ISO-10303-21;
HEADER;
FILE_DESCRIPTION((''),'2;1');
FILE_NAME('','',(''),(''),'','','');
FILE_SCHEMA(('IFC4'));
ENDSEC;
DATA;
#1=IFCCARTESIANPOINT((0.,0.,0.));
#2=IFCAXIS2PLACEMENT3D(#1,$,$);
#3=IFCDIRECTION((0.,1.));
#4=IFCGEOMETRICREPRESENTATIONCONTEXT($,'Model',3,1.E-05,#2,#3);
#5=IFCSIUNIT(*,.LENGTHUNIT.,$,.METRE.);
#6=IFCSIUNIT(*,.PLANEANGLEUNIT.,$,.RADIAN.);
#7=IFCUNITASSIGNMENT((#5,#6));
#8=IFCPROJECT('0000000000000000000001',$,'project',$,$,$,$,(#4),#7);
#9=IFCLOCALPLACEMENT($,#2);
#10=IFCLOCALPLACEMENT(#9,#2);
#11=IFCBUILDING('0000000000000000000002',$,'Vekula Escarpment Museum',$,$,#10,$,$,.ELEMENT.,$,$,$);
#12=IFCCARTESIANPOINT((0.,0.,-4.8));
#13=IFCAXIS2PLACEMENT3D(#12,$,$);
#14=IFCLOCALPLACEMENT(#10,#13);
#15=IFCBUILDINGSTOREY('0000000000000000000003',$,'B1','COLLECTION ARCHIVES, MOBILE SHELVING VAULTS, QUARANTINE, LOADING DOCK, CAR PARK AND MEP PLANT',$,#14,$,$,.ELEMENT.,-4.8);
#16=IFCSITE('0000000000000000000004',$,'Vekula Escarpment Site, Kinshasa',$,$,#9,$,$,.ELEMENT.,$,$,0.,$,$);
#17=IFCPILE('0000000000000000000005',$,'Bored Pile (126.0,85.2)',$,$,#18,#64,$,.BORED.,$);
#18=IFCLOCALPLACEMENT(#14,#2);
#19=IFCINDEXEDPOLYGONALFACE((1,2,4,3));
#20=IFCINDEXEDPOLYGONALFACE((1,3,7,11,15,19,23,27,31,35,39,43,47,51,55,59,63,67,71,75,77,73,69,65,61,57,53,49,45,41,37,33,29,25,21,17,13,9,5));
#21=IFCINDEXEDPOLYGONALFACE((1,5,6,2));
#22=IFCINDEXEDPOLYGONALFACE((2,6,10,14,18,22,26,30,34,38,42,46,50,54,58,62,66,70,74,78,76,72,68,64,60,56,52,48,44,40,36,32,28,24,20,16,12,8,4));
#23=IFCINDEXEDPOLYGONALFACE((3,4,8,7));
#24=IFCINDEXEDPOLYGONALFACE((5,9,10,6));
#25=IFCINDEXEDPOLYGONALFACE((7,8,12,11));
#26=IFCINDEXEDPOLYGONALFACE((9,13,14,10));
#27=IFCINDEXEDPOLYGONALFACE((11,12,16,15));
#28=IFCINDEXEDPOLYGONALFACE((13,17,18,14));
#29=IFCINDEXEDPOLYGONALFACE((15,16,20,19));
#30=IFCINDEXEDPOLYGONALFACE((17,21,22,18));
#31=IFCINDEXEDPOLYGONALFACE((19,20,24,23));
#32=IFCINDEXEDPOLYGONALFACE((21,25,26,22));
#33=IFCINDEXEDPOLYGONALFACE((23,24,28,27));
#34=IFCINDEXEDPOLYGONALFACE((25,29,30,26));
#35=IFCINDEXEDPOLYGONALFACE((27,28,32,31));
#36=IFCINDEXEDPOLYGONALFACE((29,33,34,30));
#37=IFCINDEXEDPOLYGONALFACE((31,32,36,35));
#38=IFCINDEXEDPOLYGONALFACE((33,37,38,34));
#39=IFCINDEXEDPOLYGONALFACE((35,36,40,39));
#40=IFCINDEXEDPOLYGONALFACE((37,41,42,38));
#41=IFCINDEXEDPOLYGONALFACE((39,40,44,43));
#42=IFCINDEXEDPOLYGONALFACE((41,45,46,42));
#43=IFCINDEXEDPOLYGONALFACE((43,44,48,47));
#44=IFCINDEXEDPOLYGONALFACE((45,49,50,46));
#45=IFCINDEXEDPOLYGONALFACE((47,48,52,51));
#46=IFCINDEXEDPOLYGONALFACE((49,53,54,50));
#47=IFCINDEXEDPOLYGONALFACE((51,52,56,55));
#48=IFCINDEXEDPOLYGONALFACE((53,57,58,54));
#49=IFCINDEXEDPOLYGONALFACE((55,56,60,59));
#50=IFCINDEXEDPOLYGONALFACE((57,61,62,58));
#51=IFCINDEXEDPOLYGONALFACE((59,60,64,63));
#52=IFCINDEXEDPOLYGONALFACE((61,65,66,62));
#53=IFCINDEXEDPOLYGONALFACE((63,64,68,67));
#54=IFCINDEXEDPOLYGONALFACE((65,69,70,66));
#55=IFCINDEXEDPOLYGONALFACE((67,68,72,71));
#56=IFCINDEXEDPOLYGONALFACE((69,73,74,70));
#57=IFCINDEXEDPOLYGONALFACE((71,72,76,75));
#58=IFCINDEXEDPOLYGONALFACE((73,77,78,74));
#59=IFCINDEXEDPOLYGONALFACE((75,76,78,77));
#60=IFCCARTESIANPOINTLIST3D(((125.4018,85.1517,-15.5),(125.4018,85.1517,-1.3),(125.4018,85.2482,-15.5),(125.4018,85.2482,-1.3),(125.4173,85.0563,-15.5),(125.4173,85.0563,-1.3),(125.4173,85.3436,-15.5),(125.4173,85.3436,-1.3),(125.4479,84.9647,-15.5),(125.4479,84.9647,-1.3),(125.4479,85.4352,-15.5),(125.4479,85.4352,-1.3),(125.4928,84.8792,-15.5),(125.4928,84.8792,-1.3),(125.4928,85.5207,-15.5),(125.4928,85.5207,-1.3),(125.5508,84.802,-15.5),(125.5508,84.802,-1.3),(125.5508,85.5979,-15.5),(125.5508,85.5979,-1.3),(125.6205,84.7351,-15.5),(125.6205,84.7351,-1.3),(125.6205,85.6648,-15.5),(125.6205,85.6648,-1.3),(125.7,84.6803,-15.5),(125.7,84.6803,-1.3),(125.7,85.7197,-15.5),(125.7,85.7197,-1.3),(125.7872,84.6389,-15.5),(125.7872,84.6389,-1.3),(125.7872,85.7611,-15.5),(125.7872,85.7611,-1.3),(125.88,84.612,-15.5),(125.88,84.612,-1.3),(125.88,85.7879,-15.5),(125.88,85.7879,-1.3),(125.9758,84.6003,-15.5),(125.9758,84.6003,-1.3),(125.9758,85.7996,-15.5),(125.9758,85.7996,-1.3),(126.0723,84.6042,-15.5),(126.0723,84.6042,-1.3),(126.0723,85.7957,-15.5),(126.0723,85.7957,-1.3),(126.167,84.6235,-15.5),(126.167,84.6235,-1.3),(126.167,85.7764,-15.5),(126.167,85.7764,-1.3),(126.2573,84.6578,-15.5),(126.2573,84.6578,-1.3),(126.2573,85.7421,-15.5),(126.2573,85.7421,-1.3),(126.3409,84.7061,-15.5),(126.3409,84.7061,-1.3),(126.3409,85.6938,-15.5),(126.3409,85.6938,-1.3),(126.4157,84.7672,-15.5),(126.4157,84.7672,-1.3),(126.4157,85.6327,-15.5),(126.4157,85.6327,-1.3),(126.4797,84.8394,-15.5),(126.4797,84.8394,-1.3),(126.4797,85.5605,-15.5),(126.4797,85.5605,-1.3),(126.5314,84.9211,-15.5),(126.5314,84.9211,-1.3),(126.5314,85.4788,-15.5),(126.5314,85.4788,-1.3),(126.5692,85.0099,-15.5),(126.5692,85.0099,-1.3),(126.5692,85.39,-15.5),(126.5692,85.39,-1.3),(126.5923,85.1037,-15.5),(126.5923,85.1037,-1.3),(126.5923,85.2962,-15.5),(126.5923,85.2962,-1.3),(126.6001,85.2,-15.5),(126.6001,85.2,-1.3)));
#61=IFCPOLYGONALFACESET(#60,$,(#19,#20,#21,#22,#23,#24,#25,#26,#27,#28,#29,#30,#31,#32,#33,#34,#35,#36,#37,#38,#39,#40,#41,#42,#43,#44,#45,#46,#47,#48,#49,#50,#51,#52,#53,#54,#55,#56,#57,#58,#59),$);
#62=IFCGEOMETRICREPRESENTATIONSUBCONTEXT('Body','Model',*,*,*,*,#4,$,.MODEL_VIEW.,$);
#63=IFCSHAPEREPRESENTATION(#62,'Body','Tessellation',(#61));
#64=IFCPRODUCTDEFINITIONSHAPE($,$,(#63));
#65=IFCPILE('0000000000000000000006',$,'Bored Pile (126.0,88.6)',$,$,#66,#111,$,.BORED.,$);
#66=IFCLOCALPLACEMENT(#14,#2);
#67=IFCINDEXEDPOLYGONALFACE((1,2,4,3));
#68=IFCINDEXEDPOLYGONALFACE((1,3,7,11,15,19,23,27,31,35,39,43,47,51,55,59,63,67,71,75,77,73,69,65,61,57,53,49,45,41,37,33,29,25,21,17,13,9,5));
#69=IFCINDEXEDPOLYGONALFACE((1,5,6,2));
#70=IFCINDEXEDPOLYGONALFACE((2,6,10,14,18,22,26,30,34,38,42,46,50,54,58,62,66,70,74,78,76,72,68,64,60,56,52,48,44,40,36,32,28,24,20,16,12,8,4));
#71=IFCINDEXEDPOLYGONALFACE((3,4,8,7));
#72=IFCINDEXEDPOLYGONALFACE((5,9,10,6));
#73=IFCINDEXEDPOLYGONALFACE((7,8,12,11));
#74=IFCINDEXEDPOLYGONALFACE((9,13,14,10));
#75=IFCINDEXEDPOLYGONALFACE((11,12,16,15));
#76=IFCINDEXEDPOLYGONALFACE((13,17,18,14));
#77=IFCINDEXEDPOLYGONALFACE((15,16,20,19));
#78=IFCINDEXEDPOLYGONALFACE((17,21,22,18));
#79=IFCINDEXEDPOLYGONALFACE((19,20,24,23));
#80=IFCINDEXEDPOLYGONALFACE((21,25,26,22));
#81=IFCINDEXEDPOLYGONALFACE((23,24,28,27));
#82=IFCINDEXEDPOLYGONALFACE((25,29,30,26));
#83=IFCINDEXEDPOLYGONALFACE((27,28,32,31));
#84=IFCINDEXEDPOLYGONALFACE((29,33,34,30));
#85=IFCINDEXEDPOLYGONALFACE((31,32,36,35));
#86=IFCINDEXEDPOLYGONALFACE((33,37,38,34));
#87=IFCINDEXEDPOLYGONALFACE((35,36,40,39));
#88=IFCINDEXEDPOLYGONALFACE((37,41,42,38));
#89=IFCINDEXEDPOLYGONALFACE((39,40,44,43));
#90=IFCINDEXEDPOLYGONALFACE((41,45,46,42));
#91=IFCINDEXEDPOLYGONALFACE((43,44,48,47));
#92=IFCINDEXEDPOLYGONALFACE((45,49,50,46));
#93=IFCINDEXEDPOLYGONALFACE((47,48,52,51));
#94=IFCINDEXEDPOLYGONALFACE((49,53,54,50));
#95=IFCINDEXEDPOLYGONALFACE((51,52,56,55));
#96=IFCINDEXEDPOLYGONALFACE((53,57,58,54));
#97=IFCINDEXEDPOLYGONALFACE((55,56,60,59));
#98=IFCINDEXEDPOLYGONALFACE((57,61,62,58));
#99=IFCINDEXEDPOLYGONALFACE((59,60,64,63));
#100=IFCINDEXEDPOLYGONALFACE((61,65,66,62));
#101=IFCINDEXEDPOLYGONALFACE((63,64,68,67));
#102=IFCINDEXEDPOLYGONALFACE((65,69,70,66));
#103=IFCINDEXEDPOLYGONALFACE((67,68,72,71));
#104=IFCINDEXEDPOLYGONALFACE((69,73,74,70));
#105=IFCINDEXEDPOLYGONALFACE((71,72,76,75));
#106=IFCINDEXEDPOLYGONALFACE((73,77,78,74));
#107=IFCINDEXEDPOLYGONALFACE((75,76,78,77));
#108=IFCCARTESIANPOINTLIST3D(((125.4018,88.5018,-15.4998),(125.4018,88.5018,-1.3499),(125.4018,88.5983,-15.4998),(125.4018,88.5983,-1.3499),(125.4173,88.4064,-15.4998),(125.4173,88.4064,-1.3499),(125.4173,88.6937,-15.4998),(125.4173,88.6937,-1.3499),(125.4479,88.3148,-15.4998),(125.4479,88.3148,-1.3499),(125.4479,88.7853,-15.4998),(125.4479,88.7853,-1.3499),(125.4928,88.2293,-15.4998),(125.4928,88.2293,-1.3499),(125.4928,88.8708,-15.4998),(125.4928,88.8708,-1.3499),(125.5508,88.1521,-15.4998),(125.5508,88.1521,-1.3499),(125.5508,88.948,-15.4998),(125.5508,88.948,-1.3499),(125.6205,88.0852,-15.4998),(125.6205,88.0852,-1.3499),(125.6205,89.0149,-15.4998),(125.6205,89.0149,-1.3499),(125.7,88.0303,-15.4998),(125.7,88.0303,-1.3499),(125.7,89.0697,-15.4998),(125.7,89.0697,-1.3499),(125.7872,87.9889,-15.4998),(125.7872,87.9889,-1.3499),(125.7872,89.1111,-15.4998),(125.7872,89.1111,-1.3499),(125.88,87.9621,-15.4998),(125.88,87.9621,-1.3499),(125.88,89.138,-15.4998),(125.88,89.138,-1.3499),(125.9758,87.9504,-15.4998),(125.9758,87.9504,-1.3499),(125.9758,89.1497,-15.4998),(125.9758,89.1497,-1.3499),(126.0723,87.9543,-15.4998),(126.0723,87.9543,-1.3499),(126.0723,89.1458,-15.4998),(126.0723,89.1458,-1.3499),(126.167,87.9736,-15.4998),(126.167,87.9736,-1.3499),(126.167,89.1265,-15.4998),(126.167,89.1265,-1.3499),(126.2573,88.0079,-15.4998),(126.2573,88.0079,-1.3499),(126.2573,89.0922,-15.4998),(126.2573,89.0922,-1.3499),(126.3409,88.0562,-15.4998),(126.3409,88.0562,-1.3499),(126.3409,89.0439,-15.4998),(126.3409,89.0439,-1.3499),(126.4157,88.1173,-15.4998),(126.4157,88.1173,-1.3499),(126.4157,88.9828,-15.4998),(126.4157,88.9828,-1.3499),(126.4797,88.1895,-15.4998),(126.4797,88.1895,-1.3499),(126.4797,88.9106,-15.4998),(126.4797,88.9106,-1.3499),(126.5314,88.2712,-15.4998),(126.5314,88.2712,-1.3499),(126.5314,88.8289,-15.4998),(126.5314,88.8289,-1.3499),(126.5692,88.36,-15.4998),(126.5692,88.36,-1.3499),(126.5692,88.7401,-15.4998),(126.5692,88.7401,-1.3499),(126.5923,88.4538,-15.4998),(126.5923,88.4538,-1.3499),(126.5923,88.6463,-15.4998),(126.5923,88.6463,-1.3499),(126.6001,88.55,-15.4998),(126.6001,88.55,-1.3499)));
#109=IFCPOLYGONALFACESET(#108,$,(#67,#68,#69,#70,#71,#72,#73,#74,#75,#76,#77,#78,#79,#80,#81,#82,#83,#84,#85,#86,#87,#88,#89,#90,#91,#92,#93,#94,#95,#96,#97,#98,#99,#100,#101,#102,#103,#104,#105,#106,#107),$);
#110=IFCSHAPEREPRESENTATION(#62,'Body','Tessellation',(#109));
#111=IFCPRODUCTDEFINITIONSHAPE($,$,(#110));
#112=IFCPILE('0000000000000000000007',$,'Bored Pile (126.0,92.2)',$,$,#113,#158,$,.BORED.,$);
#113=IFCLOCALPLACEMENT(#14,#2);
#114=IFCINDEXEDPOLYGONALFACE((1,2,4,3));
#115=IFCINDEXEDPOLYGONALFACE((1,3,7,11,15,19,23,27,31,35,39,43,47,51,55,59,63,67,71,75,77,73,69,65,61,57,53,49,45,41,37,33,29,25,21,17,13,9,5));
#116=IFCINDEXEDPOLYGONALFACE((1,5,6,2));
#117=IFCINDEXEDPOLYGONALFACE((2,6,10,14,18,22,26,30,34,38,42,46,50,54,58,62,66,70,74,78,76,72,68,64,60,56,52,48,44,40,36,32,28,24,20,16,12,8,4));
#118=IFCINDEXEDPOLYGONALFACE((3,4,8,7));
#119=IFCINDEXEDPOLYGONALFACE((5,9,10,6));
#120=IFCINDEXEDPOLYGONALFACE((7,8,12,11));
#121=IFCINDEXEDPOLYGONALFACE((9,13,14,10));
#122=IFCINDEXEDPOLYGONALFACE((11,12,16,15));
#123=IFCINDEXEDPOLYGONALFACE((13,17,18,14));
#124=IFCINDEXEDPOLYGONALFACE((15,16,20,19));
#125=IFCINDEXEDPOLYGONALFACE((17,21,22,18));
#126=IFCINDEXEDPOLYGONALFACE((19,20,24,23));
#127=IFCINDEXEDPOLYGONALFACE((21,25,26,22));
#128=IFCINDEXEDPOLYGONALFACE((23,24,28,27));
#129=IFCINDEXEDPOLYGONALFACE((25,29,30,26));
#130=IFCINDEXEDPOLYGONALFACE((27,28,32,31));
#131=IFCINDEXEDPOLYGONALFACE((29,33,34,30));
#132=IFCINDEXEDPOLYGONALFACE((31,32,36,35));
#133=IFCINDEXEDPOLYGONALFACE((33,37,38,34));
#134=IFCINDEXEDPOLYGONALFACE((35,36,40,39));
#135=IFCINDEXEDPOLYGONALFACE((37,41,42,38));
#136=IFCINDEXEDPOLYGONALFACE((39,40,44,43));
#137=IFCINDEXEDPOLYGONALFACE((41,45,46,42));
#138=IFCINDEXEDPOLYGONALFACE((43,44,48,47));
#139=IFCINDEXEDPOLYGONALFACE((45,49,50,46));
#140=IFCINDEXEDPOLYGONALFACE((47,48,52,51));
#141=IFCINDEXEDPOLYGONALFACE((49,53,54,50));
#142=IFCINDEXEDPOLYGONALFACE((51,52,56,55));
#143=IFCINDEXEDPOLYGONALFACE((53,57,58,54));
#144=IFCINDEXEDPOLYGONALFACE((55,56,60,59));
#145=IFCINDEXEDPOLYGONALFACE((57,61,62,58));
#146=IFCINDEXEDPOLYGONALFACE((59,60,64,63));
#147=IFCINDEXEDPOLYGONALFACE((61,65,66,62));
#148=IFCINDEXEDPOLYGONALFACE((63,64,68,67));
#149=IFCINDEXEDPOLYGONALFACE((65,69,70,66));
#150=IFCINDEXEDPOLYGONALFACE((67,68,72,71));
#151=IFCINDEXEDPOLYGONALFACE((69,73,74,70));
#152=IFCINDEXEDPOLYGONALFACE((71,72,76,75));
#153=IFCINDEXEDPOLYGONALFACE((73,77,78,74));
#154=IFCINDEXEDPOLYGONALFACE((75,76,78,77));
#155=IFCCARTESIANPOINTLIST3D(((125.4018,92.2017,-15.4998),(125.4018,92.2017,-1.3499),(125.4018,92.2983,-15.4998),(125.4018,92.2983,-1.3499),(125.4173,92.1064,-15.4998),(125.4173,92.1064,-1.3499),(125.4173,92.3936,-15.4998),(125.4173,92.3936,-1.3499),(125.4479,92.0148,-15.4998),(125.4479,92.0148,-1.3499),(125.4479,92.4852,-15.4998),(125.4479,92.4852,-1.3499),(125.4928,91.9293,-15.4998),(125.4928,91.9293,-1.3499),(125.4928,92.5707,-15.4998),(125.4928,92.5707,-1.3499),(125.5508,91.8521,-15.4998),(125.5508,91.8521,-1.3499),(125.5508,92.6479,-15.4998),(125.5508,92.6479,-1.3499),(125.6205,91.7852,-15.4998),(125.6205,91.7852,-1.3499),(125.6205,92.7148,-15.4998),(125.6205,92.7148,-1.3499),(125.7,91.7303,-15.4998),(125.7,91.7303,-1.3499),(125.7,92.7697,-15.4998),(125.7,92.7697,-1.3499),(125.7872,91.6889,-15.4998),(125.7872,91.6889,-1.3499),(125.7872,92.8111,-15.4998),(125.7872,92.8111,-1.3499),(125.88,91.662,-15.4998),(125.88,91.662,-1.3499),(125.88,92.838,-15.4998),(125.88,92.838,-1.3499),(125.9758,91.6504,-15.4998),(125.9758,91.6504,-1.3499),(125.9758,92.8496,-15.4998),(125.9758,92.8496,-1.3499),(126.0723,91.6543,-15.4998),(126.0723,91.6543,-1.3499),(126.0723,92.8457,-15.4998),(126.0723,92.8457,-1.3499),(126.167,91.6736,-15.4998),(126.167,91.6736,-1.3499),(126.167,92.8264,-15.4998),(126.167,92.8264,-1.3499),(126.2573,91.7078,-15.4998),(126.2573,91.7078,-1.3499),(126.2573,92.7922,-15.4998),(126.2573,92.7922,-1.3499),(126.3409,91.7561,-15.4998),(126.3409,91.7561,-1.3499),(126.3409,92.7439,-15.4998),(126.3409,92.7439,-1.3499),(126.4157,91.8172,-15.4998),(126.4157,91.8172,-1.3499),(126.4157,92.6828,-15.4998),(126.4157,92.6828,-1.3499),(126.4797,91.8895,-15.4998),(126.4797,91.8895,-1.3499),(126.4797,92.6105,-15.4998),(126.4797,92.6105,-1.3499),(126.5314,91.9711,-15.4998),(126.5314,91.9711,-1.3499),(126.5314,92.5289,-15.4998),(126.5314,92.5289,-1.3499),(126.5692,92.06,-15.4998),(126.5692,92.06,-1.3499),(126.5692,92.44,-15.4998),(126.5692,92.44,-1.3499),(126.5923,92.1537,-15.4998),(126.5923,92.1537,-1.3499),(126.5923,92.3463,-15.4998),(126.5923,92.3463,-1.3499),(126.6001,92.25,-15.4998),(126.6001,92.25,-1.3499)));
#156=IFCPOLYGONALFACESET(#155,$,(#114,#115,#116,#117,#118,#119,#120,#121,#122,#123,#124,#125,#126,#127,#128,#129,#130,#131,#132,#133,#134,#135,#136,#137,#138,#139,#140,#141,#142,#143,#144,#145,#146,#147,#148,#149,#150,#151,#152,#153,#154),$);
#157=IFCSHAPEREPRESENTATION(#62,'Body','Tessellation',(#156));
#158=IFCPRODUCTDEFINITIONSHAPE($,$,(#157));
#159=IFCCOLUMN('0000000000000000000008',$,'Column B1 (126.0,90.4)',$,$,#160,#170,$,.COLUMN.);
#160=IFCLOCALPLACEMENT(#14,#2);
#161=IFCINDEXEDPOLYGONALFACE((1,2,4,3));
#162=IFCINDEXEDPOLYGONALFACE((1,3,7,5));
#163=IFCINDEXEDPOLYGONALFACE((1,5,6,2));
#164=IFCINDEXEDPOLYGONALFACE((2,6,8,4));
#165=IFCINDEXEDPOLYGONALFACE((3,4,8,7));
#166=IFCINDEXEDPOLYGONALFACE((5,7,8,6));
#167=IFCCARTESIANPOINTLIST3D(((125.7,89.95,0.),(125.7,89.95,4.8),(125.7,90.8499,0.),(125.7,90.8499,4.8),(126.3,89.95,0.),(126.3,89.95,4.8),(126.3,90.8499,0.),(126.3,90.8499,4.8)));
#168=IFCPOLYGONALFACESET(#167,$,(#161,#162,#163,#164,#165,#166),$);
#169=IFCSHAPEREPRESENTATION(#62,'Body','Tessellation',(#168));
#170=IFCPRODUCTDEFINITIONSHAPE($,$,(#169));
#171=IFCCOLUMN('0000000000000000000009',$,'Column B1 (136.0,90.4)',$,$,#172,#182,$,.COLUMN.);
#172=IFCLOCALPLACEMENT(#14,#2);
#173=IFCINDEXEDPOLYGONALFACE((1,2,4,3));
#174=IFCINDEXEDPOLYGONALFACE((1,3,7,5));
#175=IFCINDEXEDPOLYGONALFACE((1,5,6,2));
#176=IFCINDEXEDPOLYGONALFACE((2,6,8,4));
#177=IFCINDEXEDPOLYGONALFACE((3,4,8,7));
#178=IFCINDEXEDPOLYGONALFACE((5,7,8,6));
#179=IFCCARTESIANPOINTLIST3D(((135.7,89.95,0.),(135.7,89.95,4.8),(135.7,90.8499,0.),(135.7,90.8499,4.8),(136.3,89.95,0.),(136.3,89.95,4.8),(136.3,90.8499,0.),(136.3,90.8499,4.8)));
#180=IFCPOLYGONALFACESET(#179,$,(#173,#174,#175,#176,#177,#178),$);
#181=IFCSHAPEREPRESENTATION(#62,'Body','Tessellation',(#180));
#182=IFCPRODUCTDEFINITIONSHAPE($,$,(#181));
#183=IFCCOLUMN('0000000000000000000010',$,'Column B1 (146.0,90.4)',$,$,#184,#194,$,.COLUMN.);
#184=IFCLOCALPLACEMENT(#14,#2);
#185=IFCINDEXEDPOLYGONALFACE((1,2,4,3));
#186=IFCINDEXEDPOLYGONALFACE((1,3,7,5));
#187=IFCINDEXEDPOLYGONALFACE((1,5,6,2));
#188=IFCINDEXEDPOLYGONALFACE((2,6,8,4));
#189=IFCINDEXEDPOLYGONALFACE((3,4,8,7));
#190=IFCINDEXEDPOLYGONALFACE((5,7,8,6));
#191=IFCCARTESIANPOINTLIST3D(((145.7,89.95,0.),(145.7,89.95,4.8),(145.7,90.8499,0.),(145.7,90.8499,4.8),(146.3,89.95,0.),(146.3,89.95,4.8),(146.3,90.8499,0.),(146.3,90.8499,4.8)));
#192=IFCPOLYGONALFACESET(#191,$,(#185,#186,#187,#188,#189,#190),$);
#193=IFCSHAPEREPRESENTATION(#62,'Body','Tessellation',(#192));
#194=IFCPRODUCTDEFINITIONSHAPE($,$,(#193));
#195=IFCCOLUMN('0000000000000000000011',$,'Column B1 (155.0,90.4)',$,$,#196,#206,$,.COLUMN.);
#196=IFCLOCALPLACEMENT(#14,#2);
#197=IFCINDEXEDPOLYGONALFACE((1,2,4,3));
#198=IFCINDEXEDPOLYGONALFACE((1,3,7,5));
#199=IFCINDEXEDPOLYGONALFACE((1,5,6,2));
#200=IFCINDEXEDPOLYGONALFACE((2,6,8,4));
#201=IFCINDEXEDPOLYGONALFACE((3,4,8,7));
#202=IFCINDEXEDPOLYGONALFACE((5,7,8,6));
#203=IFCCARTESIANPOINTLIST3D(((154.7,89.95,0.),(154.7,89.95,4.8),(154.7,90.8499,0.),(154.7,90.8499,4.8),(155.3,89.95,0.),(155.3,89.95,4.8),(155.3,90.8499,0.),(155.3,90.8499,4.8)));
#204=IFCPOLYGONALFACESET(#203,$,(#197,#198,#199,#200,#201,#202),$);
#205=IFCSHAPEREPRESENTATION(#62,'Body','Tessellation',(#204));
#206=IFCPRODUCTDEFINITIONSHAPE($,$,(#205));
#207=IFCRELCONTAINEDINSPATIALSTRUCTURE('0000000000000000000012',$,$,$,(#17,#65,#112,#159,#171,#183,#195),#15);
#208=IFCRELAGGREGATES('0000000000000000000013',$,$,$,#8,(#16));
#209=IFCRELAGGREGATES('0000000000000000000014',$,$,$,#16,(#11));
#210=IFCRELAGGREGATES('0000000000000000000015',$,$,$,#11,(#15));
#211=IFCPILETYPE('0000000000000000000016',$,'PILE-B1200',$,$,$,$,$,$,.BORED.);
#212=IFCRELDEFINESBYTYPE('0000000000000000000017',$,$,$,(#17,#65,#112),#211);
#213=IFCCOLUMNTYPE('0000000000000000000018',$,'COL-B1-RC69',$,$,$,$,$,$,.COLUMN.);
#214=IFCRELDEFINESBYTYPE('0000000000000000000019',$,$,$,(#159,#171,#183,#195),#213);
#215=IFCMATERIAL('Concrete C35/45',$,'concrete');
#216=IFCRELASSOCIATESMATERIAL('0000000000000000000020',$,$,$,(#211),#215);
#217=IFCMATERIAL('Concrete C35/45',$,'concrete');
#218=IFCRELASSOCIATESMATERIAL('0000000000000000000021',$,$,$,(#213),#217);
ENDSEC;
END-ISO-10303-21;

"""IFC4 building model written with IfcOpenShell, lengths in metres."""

from ifc_helpers import new_model, si_unit, direction, frame, origin, origin_2d, place, context, subcontext, project, spatial, rectangle, circle, extrude, material, material_profile, profile_set, type_object, element, save


model = new_model("IFC4")

# Units and contexts
model_context = context("Model", 3, precision=1e-05, world=origin(), true_north=direction((0.0, 1.0)))
body_context = subcontext(model_context, "Body", "Model", "MODEL_VIEW")
ifc_project = project(units=[si_unit("LENGTHUNIT", "METRE"), si_unit("PLANEANGLEUNIT", "RADIAN")], contexts=[model_context])

# Site, building, storey
site_placement = place(None, origin())
site = spatial("IfcSite", under=ifc_project, at=site_placement, Name="Vekula Escarpment Site, Kinshasa", CompositionType="ELEMENT", RefElevation=0.0)
building_placement = place(site_placement, origin())
building = spatial("IfcBuilding", under=site, at=building_placement, Name="Vekula Escarpment Museum", CompositionType="ELEMENT")
storey_placement = place(building_placement, frame((0.0, 0.0, -4.8)))
storey = spatial("IfcBuildingStorey", under=building, at=storey_placement, Name="B1", Description="COLLECTION ARCHIVES, MOBILE SHELVING VAULTS, QUARANTINE, LOADING DOCK, CAR PARK AND MEP PLANT", CompositionType="ELEMENT", Elevation=-4.8)

# Piles
ifc_material_1 = material(Name="Concrete C35/45", Category="concrete")
ifc_material_profile_1 = material_profile(ifc_material_1, circle(Radius=0.6001, at=origin_2d()), Name="BORED PILE 1200")
ifc_profile_set_1 = profile_set([ifc_material_profile_1], Name="Concrete C35/45")
pile_type = type_object("IfcPileType", Name="PILE-B1200", PredefinedType="BORED", material=ifc_profile_set_1)
pile_placement = place(storey_placement, frame((126.0, 85.2, -1.3), z_axis=(0.0, 0.0, -1.0), x_axis=(1.0, 0.0, 0.0)))
element("IfcPile", 1, at=pile_placement, inside=storey, type_object=pile_type, Name="Bored Pile (126.0,85.2)", PredefinedType="BORED", context=body_context, shape_type="SweptSolid", body=[
    extrude(circle(Radius=0.6001, at=origin_2d()), origin(), (0.0, 0.0, 1.0), 14.2),
])
for number, where, z_axis, x_axis, name in (
    (2, (126.0, 88.55, -1.3499), (0.0, 0.0, -1.0), (1.0, 0.0, 0.0), "Bored Pile (126.0,88.6)"),
    (3, (126.0, 92.25, -1.3499), (0.0, 0.0, -1.0), (1.0, 0.0, 0.0), "Bored Pile (126.0,92.2)"),
):
    element("IfcPile", number, at=place(storey_placement, frame(where, z_axis=z_axis, x_axis=x_axis)), inside=storey, type_object=pile_type, Name=name, PredefinedType="BORED", context=body_context, shape_type="SweptSolid", body=[
        extrude(circle(Radius=0.6001, at=origin_2d()), origin(), (0.0, 0.0, 1.0), 14.1499),
    ])

# Columns
ifc_material_2 = material(Name="Concrete C35/45", Category="concrete")
ifc_material_profile_2 = material_profile(ifc_material_2, rectangle(XDim=0.6001, YDim=0.8999, at=origin_2d()), Name="RC 600x900")
ifc_profile_set_2 = profile_set([ifc_material_profile_2], Name="Concrete C35/45")
column_type_1 = type_object("IfcColumnType", Name="COL-B1-RC69", PredefinedType="COLUMN", material=ifc_profile_set_2)
for number, where, z_axis, x_axis, name in (
    (4, (126.0, 90.3999, 0.0), (0.0, 0.0, 1.0), (1.0, 0.0, 0.0), "Column B1 (126.0,90.4)"),
    (5, (136.0, 90.3999, 0.0), (0.0, 0.0, 1.0), (1.0, 0.0, 0.0), "Column B1 (136.0,90.4)"),
    (6, (146.0, 90.3999, 0.0), (0.0, 0.0, 1.0), (1.0, 0.0, 0.0), "Column B1 (146.0,90.4)"),
    (7, (155.0, 90.3999, 0.0), (0.0, 0.0, 1.0), (1.0, 0.0, 0.0), "Column B1 (155.0,90.4)"),
):
    element("IfcColumn", number, at=place(storey_placement, frame(where, z_axis=z_axis, x_axis=x_axis)), inside=storey, type_object=column_type_1, Name=name, PredefinedType="COLUMN", context=body_context, shape_type="SweptSolid", body=[
        extrude(rectangle(XDim=0.6001, YDim=0.8999, at=origin_2d()), origin(), (0.0, 0.0, 1.0), 4.8),
    ])

save(model, "model.ifc")
